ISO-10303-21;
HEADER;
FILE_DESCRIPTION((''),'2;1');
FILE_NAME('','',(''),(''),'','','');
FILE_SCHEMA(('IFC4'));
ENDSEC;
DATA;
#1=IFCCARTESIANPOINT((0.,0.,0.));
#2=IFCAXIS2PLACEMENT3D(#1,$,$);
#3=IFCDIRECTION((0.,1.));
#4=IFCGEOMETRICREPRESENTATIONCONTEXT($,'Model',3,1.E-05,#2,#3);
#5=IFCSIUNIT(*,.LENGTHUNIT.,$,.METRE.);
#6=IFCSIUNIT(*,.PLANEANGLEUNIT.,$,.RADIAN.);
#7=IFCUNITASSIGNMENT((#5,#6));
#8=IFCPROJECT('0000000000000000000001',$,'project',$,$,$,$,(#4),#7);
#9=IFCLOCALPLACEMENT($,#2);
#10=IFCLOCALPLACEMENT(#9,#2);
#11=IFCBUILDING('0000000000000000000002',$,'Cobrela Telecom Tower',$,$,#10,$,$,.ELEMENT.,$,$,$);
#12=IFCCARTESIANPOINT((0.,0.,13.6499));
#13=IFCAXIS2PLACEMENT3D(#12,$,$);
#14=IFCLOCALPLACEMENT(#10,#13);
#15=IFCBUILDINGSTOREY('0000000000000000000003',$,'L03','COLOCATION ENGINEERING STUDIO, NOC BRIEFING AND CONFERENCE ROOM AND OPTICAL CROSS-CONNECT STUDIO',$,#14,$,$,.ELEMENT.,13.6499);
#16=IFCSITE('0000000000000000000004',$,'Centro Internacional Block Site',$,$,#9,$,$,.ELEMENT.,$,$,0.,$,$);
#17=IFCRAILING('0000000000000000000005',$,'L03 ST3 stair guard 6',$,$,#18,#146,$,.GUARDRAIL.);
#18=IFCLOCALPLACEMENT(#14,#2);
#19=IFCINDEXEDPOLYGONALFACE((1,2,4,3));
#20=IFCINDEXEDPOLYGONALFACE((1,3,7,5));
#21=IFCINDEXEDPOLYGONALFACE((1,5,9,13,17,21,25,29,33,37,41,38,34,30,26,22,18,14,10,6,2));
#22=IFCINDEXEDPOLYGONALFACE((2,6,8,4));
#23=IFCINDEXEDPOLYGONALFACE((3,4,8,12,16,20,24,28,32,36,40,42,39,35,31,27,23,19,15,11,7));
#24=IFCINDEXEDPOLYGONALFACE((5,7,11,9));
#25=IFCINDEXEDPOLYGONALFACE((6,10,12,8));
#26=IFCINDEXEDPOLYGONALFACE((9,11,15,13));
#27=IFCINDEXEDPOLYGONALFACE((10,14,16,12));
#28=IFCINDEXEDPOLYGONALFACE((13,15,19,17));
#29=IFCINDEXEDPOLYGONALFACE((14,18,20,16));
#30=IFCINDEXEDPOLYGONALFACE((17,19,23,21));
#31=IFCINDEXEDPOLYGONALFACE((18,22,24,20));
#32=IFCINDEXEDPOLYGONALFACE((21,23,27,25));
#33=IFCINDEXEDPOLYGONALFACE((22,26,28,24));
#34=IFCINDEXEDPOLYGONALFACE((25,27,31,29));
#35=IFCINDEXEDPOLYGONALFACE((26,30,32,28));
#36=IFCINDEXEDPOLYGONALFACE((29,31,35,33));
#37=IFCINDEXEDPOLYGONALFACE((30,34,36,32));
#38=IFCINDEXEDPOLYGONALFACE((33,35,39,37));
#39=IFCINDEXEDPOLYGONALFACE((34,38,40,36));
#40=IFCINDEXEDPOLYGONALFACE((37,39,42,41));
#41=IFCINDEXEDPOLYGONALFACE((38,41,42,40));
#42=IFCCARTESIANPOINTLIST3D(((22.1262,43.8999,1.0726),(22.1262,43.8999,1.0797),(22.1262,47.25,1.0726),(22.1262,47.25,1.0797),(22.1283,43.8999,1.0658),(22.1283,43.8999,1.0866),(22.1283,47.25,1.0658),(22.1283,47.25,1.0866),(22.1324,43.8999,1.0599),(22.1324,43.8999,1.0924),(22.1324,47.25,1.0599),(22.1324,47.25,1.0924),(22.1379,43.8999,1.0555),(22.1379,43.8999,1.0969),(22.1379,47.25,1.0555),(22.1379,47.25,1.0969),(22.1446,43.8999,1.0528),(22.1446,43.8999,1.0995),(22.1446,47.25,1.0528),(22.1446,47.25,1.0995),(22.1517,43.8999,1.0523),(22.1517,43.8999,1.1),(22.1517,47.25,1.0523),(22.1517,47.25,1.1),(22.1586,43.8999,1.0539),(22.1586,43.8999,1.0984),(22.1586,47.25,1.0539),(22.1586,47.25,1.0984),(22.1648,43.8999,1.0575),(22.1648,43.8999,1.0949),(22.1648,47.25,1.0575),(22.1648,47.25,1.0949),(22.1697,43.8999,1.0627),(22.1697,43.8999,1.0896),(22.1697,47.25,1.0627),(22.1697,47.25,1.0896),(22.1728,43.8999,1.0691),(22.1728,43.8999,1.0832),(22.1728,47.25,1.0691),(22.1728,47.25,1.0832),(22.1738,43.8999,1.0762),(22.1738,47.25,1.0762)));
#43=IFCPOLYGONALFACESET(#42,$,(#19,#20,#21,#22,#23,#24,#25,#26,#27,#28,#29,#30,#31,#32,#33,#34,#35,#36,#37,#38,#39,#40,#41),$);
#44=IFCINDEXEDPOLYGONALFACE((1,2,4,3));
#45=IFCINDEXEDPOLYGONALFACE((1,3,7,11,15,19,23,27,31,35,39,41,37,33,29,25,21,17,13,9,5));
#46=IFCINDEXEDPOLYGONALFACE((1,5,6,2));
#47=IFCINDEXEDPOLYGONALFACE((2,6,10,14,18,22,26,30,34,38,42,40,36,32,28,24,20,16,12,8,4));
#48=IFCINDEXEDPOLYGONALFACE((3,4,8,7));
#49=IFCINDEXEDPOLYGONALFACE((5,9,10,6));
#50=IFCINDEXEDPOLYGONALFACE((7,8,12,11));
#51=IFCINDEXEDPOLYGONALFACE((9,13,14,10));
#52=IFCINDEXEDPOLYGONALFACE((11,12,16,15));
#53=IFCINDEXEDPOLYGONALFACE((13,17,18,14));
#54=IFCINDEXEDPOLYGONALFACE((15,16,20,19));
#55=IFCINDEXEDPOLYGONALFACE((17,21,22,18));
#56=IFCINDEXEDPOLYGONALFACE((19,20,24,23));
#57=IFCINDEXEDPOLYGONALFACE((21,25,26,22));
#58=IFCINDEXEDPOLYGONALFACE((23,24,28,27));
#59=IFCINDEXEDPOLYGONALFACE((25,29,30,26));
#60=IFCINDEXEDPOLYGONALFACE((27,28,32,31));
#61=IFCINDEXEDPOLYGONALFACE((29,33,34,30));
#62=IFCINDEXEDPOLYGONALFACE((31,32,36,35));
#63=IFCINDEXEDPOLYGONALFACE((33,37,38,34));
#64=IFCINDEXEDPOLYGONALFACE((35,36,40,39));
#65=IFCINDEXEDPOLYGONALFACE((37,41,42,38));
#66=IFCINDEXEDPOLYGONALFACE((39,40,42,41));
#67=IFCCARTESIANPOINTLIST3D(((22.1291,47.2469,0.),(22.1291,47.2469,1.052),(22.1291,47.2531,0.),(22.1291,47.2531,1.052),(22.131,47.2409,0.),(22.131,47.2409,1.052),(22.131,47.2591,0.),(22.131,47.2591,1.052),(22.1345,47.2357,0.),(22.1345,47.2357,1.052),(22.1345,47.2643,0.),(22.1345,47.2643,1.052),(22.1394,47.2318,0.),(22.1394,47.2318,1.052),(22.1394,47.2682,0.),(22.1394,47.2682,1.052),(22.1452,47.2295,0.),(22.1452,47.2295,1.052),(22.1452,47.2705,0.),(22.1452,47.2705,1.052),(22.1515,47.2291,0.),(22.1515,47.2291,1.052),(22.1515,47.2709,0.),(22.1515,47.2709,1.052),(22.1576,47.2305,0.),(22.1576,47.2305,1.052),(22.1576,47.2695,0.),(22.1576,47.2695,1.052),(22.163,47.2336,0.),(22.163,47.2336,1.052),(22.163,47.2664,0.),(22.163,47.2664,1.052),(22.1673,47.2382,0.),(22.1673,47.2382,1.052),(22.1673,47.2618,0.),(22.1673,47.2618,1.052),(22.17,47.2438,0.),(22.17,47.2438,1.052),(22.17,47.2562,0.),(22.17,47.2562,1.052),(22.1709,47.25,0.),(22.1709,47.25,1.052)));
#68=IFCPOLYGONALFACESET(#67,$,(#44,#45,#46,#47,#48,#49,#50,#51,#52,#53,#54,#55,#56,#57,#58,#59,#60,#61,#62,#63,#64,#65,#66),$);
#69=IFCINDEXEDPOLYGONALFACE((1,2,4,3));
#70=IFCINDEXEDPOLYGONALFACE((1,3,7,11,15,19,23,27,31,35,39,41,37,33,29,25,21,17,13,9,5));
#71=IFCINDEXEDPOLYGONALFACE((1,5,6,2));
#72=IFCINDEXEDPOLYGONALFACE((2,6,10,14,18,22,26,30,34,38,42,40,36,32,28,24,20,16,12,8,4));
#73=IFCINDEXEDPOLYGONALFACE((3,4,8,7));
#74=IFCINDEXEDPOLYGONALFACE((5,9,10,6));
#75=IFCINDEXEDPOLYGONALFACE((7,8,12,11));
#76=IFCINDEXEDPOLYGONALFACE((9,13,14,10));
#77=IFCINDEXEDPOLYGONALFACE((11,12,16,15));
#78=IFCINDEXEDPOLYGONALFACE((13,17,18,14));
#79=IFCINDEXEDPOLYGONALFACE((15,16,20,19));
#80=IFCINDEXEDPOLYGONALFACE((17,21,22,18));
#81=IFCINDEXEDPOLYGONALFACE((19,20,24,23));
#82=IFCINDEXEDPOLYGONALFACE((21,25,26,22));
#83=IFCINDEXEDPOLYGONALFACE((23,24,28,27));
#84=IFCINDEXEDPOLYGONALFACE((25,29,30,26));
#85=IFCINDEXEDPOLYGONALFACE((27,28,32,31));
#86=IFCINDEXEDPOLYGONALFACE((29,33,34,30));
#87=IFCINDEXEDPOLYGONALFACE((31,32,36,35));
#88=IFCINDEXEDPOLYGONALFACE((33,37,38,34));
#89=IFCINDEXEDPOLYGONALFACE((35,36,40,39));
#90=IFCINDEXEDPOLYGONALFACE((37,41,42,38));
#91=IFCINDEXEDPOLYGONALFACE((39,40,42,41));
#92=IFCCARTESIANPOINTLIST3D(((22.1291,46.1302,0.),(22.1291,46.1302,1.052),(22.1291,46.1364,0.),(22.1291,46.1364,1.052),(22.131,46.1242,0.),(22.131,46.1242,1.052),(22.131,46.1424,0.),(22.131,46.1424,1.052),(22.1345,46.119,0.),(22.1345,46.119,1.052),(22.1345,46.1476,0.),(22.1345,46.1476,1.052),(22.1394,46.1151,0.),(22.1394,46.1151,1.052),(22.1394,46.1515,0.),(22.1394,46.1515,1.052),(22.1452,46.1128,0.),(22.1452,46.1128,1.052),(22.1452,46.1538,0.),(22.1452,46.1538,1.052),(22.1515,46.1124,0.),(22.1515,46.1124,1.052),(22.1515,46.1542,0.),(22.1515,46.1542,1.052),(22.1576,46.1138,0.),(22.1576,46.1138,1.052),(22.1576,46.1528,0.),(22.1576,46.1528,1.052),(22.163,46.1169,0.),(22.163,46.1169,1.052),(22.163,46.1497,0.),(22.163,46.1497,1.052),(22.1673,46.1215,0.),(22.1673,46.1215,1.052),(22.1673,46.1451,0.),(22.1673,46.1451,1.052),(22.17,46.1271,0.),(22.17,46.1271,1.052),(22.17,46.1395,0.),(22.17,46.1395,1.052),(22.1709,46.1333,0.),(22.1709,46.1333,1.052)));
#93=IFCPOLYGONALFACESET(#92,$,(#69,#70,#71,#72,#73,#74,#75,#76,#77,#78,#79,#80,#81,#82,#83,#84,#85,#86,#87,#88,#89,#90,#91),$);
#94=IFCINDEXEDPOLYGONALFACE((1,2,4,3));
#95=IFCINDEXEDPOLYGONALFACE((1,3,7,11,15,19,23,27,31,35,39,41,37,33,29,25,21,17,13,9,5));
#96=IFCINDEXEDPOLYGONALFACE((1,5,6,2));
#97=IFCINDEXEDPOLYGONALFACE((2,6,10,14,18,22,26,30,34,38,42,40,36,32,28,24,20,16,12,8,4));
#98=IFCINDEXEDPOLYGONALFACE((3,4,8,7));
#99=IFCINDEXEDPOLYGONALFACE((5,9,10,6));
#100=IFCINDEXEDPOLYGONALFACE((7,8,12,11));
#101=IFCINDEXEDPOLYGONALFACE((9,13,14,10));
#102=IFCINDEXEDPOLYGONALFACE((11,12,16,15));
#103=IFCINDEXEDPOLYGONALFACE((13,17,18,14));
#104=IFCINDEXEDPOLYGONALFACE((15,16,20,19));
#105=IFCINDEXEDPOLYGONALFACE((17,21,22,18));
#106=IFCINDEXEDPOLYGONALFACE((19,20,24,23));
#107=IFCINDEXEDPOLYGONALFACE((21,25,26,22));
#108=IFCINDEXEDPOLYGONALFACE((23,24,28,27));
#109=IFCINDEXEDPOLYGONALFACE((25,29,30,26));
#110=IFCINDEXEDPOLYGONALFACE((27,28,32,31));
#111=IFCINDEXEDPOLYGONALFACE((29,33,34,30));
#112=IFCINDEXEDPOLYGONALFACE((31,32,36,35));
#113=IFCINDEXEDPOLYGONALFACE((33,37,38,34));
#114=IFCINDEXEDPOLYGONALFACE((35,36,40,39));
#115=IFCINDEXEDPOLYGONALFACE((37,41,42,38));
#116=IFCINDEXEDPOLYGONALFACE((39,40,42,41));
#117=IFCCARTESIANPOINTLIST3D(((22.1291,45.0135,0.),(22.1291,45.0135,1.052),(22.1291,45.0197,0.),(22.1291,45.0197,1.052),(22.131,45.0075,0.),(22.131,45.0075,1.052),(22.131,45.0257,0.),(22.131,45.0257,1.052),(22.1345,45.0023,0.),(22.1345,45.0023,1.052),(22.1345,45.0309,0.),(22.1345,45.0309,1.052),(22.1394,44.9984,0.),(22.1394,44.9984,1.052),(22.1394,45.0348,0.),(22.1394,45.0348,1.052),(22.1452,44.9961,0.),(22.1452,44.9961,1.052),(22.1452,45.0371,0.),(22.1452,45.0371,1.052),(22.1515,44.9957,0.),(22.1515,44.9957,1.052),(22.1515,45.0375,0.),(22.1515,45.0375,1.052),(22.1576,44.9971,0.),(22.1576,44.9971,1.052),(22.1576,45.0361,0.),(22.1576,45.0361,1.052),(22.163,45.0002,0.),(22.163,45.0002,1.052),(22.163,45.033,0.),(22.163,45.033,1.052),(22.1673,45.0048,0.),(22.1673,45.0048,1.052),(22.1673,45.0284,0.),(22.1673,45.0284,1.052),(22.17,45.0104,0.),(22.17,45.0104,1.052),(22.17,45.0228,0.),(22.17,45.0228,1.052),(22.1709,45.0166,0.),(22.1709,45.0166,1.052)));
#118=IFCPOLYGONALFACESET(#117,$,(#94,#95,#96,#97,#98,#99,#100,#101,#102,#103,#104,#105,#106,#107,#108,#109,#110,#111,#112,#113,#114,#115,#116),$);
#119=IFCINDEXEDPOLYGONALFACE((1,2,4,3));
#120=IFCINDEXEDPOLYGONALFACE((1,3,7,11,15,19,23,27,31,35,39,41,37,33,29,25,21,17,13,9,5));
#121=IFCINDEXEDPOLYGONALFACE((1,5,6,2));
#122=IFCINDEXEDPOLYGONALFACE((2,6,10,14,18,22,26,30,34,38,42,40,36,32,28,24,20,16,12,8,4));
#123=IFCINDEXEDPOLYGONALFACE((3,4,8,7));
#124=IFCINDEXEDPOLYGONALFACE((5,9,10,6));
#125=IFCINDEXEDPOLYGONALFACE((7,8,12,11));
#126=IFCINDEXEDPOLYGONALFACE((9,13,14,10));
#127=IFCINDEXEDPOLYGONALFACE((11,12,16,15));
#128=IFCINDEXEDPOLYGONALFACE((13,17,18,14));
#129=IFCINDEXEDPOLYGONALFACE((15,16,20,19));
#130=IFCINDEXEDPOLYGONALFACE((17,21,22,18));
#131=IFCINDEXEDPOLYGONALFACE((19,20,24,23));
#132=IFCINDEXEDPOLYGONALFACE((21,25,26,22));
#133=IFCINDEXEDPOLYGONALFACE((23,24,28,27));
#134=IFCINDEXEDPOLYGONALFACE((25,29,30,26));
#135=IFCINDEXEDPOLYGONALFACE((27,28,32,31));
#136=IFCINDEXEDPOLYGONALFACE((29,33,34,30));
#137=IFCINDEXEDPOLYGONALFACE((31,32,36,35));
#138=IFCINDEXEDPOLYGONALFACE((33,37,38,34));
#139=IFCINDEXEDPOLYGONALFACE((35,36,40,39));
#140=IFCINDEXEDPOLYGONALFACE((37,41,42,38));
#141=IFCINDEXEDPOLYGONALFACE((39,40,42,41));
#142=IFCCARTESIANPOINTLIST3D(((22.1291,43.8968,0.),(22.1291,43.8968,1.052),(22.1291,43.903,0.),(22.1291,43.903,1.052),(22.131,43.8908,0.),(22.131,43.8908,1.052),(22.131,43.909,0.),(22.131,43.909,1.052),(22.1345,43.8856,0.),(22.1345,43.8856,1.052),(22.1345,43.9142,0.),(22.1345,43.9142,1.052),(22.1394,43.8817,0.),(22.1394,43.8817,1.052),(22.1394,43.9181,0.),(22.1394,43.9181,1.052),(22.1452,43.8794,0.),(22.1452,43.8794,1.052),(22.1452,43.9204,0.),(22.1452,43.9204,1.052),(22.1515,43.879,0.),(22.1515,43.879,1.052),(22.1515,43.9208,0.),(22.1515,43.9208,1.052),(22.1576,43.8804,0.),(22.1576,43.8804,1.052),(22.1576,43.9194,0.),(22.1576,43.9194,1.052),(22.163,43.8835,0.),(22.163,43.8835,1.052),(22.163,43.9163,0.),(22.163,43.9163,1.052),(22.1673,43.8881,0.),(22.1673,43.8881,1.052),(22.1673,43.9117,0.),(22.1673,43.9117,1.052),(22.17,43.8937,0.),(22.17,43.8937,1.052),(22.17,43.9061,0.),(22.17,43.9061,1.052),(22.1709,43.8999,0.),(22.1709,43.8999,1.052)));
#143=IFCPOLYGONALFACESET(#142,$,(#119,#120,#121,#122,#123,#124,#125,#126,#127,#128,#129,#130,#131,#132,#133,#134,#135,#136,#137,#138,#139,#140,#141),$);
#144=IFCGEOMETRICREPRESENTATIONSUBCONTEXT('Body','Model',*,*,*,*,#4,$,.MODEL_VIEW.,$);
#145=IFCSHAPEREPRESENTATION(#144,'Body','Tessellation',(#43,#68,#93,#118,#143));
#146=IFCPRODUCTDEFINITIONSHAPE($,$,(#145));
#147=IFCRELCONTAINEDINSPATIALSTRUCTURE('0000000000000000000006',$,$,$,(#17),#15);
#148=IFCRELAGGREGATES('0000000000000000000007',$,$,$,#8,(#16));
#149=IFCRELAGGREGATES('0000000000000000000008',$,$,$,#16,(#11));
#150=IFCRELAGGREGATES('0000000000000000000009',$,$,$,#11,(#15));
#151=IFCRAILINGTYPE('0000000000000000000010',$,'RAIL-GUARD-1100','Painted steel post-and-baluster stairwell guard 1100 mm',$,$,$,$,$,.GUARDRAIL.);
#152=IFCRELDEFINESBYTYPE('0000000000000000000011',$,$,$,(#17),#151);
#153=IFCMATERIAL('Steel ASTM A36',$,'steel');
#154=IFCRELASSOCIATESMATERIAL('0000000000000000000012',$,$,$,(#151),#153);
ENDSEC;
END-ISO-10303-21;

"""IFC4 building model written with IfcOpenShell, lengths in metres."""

from ifc_helpers import new_model, si_unit, direction, frame, origin, origin_2d, place, context, subcontext, project, spatial, circle, extrude, material, type_object, element, save


model = new_model("IFC4")

# Units and contexts
model_context = context("Model", 3, precision=1e-05, world=origin(), true_north=direction((0.0, 1.0)))
body_context = subcontext(model_context, "Body", "Model", "MODEL_VIEW")
ifc_project = project(units=[si_unit("LENGTHUNIT", "METRE"), si_unit("PLANEANGLEUNIT", "RADIAN")], contexts=[model_context])

# Site, building, storey
site_placement = place(None, origin())
site = spatial("IfcSite", under=ifc_project, at=site_placement, Name="Centro Internacional Block Site", CompositionType="ELEMENT", RefElevation=0.0)
building_placement = place(site_placement, origin())
building = spatial("IfcBuilding", under=site, at=building_placement, Name="Cobrela Telecom Tower", CompositionType="ELEMENT")
storey_placement = place(building_placement, frame((0.0, 0.0, 13.6499)))
storey = spatial("IfcBuildingStorey", under=building, at=storey_placement, Name="L03", Description="COLOCATION ENGINEERING STUDIO, NOC BRIEFING AND CONFERENCE ROOM AND OPTICAL CROSS-CONNECT STUDIO", CompositionType="ELEMENT", Elevation=13.6499)

# Shared definitions
ifc_material_1 = material(Name="Steel ASTM A36", Category="steel")

# Railing
railing_type_1 = type_object("IfcRailingType", Name="RAIL-GUARD-1100", Description="Painted steel post-and-baluster stairwell guard 1100 mm", PredefinedType="GUARDRAIL", material=ifc_material_1)
railing_1_placement = place(storey_placement, frame((22.1499, 47.25, 0.0)))
element("IfcRailing", 1, at=railing_1_placement, inside=storey, type_object=railing_type_1, Name="L03 ST3 stair guard 6", PredefinedType="GUARDRAIL", context=body_context, shape_type="SweptSolid", body=[
    extrude(circle(Radius=0.0239, at=origin_2d()), frame((0.0, 0.0, 1.0762), z_axis=(0.0, -1.0, 0.0), x_axis=(1.0, 0.0, 0.0)), (0.0, 0.0, 1.0), 3.3501),
    extrude(circle(Radius=0.021, at=origin_2d()), origin(), (0.0, 0.0, 1.0), 1.052),
    extrude(circle(Radius=0.021, at=origin_2d()), frame((0.0, -1.1167, 0.0)), (0.0, 0.0, 1.0), 1.052),
    extrude(circle(Radius=0.021, at=origin_2d()), frame((0.0, -2.2334, 0.0)), (0.0, 0.0, 1.0), 1.052),
    extrude(circle(Radius=0.021, at=origin_2d()), frame((0.0, -3.3501, 0.0)), (0.0, 0.0, 1.0), 1.052),
])

save(model, "model.ifc")
